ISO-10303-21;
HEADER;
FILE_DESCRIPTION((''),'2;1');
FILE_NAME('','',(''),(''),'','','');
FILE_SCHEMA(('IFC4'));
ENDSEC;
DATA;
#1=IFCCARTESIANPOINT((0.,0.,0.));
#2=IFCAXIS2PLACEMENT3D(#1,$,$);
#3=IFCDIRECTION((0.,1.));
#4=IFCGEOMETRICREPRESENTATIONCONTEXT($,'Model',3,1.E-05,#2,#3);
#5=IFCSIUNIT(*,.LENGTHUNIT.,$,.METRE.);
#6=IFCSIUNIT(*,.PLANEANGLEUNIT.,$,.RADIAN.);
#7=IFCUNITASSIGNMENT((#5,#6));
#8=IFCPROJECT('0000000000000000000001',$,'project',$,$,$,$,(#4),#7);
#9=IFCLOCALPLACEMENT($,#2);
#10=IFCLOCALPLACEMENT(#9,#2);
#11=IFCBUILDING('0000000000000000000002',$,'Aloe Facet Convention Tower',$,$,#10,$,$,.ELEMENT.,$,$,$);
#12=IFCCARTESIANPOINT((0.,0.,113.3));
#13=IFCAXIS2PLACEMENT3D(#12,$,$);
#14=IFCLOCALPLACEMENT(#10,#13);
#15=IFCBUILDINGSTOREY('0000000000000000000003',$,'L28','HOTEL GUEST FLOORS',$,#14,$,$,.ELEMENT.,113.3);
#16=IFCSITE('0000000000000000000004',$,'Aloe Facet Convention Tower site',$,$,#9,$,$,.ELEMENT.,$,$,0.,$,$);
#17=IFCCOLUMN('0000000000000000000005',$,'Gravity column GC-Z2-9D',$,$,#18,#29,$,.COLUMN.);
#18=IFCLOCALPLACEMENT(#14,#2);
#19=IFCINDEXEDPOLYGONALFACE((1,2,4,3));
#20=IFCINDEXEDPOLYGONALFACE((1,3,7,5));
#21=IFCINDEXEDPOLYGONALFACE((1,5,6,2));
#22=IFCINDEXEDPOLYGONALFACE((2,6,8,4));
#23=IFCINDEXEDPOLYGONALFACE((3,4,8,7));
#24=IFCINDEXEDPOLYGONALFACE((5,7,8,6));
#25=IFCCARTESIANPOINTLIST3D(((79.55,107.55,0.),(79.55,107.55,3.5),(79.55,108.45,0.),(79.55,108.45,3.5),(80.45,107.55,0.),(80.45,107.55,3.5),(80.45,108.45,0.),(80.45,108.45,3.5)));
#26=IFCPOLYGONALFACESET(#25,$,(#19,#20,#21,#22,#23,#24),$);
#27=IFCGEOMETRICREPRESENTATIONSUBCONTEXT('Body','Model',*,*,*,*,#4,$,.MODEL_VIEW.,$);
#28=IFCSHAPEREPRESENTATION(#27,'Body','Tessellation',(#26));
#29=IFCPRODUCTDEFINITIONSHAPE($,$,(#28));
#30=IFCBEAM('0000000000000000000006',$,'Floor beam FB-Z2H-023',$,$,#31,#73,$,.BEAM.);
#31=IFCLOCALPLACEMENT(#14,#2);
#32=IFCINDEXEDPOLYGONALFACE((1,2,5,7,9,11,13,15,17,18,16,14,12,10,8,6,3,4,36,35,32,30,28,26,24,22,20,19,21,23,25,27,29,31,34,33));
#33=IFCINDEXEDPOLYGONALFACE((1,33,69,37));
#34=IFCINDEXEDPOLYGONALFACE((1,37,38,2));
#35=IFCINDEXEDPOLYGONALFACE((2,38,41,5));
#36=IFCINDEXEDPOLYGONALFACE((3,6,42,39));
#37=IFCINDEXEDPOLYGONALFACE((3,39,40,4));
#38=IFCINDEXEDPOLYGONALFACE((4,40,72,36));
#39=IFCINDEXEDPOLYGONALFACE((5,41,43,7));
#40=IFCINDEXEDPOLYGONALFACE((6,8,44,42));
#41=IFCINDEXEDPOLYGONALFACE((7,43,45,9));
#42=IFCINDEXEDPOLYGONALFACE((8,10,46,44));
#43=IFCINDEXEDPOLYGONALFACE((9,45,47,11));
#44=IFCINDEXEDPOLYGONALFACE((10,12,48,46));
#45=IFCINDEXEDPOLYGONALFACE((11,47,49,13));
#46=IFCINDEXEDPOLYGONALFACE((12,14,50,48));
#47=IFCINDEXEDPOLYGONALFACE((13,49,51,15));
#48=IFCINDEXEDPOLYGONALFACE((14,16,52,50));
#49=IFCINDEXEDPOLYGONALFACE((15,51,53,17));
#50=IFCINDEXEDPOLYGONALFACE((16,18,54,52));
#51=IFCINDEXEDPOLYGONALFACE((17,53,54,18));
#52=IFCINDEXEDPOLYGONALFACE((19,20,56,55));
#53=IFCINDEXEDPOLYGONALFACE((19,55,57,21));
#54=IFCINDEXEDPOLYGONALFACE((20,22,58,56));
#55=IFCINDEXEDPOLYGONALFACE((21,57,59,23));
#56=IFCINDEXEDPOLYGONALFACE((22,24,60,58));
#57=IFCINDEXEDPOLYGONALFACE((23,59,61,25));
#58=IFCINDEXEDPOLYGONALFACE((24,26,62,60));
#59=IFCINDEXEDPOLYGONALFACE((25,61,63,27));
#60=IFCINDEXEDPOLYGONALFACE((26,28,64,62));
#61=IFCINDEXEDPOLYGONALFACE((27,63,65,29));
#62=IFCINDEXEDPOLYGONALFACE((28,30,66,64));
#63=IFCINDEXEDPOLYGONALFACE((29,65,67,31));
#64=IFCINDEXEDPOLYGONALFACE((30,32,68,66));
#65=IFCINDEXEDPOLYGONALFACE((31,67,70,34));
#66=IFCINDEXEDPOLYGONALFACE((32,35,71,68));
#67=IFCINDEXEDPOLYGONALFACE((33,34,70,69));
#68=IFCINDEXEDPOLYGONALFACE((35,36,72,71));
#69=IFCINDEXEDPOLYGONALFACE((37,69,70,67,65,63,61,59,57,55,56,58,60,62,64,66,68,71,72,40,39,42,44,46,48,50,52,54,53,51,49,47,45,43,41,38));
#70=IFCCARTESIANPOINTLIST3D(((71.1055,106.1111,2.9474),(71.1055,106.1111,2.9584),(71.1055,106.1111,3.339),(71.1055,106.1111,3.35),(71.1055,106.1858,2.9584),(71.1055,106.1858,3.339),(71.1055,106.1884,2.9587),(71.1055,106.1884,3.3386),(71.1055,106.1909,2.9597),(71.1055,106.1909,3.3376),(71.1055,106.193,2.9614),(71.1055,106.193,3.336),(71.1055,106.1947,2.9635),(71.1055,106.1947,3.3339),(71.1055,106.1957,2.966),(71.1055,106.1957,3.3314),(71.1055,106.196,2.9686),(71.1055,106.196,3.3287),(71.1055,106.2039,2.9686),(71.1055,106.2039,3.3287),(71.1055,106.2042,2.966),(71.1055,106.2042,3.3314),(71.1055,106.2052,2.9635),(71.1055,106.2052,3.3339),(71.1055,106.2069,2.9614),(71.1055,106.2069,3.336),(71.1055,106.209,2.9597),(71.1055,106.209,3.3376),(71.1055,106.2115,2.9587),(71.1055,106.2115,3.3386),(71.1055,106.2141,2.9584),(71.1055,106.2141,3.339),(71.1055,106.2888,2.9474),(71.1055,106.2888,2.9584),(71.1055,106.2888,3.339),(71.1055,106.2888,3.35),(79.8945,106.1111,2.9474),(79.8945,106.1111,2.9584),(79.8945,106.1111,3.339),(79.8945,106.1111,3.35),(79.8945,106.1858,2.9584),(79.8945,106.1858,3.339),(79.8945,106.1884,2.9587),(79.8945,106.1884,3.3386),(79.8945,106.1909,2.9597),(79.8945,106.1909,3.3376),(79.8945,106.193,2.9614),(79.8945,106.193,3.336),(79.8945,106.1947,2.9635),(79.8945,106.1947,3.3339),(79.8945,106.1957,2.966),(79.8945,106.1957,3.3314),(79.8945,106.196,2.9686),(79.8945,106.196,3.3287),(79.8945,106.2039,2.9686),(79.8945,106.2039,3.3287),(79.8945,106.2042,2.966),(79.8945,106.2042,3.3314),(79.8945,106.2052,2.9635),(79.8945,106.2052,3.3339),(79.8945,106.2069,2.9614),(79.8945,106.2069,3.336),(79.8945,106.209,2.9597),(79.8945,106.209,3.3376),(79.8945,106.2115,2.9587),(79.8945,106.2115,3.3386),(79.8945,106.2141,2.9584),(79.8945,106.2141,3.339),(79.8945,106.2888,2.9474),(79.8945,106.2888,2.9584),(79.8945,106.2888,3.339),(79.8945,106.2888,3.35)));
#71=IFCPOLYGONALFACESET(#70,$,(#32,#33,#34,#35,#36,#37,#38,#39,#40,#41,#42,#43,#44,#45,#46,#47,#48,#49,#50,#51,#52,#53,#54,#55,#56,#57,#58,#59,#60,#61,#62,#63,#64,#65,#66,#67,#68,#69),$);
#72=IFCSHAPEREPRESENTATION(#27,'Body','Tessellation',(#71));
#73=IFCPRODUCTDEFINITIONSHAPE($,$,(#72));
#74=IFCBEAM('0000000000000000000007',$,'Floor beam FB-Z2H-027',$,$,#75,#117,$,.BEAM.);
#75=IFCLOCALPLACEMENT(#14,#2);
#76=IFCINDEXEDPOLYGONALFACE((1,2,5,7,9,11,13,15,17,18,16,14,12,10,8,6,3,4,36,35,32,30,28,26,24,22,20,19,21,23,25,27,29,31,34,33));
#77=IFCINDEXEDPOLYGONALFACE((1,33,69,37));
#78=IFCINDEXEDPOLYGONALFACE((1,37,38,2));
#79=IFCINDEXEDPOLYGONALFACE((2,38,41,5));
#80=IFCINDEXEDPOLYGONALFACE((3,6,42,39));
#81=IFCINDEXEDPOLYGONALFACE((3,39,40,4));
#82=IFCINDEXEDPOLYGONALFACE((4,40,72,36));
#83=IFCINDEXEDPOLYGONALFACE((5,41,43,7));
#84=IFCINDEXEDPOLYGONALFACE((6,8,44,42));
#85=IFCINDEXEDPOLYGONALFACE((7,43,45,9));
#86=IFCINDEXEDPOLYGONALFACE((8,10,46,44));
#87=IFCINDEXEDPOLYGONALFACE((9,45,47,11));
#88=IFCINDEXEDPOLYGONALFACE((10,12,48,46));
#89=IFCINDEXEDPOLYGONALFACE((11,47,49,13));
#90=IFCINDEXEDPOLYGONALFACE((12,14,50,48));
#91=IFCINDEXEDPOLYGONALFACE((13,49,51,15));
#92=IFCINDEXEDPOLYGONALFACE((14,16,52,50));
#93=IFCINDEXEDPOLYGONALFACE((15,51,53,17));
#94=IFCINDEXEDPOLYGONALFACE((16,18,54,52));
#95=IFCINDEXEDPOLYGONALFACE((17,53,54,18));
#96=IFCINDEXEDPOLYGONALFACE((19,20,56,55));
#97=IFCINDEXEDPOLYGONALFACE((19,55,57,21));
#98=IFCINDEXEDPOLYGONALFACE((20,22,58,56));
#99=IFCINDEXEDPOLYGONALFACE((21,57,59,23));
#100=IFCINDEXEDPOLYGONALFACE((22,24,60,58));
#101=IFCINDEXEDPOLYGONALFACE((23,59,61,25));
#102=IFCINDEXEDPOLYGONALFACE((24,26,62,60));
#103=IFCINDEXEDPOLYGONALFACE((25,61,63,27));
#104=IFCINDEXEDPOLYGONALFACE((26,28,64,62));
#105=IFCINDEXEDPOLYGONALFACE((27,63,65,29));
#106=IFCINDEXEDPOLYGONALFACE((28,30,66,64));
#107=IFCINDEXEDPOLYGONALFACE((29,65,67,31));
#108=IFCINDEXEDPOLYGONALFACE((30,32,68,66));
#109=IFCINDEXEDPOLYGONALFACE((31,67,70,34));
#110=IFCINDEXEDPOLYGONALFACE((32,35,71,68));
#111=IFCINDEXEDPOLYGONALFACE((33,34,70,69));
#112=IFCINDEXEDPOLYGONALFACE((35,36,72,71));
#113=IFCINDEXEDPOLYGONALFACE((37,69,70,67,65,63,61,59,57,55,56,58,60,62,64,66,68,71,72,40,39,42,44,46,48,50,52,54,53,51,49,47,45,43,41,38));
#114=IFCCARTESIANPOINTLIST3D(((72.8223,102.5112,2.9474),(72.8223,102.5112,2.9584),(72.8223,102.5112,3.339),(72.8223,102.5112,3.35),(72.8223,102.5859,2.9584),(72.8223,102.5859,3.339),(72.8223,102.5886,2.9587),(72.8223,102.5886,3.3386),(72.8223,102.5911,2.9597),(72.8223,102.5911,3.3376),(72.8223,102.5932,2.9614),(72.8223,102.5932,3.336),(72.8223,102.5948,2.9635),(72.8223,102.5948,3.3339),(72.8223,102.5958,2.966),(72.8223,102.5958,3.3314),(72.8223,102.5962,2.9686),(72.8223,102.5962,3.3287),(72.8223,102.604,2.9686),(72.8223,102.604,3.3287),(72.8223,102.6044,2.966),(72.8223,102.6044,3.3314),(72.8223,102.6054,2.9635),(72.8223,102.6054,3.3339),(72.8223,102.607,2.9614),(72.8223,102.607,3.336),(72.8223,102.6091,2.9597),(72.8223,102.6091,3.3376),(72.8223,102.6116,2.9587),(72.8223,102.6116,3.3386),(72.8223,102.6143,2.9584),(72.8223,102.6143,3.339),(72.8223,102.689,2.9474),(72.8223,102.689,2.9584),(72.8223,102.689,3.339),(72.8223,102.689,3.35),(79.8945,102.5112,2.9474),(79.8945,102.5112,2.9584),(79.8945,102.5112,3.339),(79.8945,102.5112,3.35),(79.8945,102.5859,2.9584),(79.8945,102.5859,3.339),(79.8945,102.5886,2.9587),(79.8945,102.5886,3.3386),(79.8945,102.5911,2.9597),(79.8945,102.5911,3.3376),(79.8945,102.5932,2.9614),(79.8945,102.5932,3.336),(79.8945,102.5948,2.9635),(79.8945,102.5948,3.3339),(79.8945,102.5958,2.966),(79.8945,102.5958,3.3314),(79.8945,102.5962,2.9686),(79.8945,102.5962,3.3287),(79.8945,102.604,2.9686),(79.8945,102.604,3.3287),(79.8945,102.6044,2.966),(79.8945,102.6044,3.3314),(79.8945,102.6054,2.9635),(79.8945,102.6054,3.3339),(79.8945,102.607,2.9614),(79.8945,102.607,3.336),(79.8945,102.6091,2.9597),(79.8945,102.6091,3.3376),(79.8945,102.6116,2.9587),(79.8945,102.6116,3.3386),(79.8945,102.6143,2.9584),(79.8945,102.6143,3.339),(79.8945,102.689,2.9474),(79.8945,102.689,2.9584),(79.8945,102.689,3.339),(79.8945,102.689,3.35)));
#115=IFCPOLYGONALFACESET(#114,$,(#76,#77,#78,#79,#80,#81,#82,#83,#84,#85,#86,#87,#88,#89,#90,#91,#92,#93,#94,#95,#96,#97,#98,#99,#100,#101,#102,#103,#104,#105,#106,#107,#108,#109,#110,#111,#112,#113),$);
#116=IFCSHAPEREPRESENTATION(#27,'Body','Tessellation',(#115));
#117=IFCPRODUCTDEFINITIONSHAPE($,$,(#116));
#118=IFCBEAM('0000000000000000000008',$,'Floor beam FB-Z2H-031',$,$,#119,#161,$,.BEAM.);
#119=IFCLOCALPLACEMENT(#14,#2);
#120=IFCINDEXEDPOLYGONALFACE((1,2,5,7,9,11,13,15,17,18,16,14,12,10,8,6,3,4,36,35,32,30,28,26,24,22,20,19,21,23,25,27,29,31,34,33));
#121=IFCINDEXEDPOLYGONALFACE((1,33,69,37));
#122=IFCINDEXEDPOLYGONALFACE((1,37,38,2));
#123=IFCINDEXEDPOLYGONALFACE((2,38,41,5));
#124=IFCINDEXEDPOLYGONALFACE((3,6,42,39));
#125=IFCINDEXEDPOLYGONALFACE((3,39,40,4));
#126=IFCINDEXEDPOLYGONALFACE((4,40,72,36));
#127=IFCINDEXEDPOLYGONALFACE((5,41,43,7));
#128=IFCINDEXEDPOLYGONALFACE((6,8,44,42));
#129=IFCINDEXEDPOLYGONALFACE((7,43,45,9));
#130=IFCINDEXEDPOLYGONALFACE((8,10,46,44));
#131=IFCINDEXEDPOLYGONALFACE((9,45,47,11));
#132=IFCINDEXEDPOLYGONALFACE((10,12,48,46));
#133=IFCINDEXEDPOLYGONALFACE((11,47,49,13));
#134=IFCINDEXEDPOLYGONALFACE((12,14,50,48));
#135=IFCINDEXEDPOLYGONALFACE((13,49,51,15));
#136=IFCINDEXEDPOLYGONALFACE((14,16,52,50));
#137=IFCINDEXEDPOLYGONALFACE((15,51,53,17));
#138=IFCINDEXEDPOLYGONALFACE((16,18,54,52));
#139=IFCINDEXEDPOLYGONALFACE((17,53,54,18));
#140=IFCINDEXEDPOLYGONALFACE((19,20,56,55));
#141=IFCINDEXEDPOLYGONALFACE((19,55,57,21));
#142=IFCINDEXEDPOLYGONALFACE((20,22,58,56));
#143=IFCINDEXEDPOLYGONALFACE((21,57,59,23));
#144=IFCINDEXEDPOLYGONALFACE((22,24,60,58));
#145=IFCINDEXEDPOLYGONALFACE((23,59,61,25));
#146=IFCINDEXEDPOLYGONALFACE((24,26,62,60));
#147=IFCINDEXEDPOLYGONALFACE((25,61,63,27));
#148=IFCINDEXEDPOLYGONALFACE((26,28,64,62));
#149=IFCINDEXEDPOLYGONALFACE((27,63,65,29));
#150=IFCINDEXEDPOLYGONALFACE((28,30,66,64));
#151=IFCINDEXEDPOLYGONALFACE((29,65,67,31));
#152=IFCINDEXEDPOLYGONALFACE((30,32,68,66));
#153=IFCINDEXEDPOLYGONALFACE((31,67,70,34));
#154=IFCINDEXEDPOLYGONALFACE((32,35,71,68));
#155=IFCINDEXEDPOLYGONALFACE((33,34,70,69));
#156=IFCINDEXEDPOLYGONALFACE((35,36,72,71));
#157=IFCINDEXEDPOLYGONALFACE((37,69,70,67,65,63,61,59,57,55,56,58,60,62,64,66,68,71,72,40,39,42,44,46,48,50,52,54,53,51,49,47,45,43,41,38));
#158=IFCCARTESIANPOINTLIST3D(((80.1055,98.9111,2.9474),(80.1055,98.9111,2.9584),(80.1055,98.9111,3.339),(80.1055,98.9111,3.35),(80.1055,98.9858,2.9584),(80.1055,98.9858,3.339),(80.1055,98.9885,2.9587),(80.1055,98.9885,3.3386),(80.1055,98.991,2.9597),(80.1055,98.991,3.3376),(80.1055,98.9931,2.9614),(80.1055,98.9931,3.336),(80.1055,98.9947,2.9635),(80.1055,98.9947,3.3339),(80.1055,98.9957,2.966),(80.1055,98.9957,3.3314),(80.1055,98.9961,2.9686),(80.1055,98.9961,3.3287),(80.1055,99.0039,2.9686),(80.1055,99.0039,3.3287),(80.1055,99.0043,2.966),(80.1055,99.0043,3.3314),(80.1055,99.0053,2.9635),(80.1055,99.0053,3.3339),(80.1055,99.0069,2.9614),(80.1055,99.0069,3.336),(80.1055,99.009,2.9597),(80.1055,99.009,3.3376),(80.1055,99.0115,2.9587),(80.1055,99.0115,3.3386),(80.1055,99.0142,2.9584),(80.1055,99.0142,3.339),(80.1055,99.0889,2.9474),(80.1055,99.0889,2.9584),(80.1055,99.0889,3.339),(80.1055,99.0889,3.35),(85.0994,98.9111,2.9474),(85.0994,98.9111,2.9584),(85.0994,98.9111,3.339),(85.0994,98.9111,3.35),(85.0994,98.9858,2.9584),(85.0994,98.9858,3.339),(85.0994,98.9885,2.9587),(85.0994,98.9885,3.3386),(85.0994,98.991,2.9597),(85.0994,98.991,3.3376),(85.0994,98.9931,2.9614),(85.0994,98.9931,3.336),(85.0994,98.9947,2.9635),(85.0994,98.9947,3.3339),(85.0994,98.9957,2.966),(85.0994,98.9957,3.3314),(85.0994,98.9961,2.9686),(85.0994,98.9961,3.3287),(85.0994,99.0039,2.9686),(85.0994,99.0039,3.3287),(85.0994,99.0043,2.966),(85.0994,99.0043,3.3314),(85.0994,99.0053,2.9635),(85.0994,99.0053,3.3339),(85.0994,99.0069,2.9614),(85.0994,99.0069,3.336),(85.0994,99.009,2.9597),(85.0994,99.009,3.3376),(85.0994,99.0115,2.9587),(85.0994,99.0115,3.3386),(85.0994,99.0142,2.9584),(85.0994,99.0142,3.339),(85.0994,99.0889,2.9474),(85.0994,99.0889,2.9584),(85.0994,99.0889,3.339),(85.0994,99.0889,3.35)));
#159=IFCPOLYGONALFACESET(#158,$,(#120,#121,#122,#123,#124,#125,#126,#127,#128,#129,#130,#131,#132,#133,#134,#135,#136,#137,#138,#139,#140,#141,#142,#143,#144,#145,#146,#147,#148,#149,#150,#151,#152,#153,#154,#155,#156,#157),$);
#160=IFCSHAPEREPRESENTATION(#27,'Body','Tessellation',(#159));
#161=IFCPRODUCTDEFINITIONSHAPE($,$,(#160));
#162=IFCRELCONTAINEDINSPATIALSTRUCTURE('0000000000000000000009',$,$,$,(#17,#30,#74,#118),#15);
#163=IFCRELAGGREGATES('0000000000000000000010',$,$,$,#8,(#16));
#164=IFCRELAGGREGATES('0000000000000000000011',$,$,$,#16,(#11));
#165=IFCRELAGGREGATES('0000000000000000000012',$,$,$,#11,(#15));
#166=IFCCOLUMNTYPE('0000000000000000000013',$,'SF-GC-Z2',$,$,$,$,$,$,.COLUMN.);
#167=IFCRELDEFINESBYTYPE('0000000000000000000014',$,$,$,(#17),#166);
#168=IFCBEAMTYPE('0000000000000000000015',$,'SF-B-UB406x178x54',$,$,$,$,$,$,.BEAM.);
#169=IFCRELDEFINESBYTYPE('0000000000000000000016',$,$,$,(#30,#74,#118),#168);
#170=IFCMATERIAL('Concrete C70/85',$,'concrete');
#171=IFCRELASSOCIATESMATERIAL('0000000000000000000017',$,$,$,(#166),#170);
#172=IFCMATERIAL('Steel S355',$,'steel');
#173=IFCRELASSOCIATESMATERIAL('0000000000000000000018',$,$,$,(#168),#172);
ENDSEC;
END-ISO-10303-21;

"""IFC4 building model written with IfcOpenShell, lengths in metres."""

from ifc_helpers import new_model, si_unit, direction, frame, origin, origin_2d, place, context, subcontext, project, spatial, rectangle, i_section, extrude, material, material_profile, profile_set, type_object, element, save


model = new_model("IFC4")

# Units and contexts
model_context = context("Model", 3, precision=1e-05, world=origin(), true_north=direction((0.0, 1.0)))
body_context = subcontext(model_context, "Body", "Model", "MODEL_VIEW")
ifc_project = project(units=[si_unit("LENGTHUNIT", "METRE"), si_unit("PLANEANGLEUNIT", "RADIAN")], contexts=[model_context])

# Site, building, storey
site_placement = place(None, origin())
site = spatial("IfcSite", under=ifc_project, at=site_placement, Name="Aloe Facet Convention Tower site", CompositionType="ELEMENT", RefElevation=0.0)
building_placement = place(site_placement, origin())
building = spatial("IfcBuilding", under=site, at=building_placement, Name="Aloe Facet Convention Tower", CompositionType="ELEMENT")
storey_placement = place(building_placement, frame((0.0, 0.0, 113.3)))
storey = spatial("IfcBuildingStorey", under=building, at=storey_placement, Name="L28", Description="HOTEL GUEST FLOORS", CompositionType="ELEMENT", Elevation=113.3)

# Column
ifc_material_1 = material(Name="Concrete C70/85", Category="concrete")
ifc_material_profile_1 = material_profile(ifc_material_1, rectangle(XDim=0.8999, YDim=0.8999, at=origin_2d()), Name="SF-GC-Z2")
ifc_profile_set_1 = profile_set([ifc_material_profile_1], Name="Concrete C70/85")
column_type = type_object("IfcColumnType", Name="SF-GC-Z2", PredefinedType="COLUMN", material=ifc_profile_set_1)
column_placement = place(storey_placement, frame((80.0, 108.0, 0.0), z_axis=(0.0, 0.0, 1.0), x_axis=(1.0, 0.0, 0.0)))
element("IfcColumn", 1, at=column_placement, inside=storey, type_object=column_type, Name="Gravity column GC-Z2-9D", PredefinedType="COLUMN", context=body_context, shape_type="SweptSolid", body=[
    extrude(rectangle(XDim=0.8999, YDim=0.8999, at=origin_2d()), origin(), (0.0, 0.0, 1.0), 3.5),
])

# Beams
ifc_material_2 = material(Name="Steel S355", Category="steel")
ifc_material_profile_2 = material_profile(ifc_material_2, i_section(OverallWidth=0.1777, OverallDepth=0.4026, WebThickness=0.0078, FlangeThickness=0.011, FilletRadius=0.0103, at=origin_2d()), Name="UB 406x178x54")
ifc_profile_set_2 = profile_set([ifc_material_profile_2], Name="Steel S355")
beam_type_1 = type_object("IfcBeamType", Name="SF-B-UB406x178x54", PredefinedType="BEAM", material=ifc_profile_set_2)
beam_1_placement = place(storey_placement, frame((71.1055, 106.2, 3.1487), z_axis=(1.0, 0.0, 0.0), x_axis=(0.0, 1.0, 0.0)))
element("IfcBeam", 2, at=beam_1_placement, inside=storey, type_object=beam_type_1, Name="Floor beam FB-Z2H-023", PredefinedType="BEAM", context=body_context, shape_type="SweptSolid", body=[
    extrude(i_section(OverallWidth=0.1777, OverallDepth=0.4026, WebThickness=0.0078, FlangeThickness=0.011, FilletRadius=0.0103, at=origin_2d()), origin(), (0.0, 0.0, 1.0), 8.7891),
])
beam_2_placement = place(storey_placement, frame((72.8223, 102.6001, 3.1487), z_axis=(1.0, 0.0, 0.0), x_axis=(0.0, 1.0, 0.0)))
element("IfcBeam", 3, at=beam_2_placement, inside=storey, type_object=beam_type_1, Name="Floor beam FB-Z2H-027", PredefinedType="BEAM", context=body_context, shape_type="SweptSolid", body=[
    extrude(i_section(OverallWidth=0.1777, OverallDepth=0.4026, WebThickness=0.0078, FlangeThickness=0.011, FilletRadius=0.0103, at=origin_2d()), origin(), (0.0, 0.0, 1.0), 7.0723),
])
beam_3_placement = place(storey_placement, frame((80.1055, 99.0, 3.1487), z_axis=(1.0, 0.0, 0.0), x_axis=(0.0, 1.0, 0.0)))
element("IfcBeam", 4, at=beam_3_placement, inside=storey, type_object=beam_type_1, Name="Floor beam FB-Z2H-031", PredefinedType="BEAM", context=body_context, shape_type="SweptSolid", body=[
    extrude(i_section(OverallWidth=0.1777, OverallDepth=0.4026, WebThickness=0.0078, FlangeThickness=0.011, FilletRadius=0.0103, at=origin_2d()), origin(), (0.0, 0.0, 1.0), 4.9939),
])

save(model, "model.ifc")
